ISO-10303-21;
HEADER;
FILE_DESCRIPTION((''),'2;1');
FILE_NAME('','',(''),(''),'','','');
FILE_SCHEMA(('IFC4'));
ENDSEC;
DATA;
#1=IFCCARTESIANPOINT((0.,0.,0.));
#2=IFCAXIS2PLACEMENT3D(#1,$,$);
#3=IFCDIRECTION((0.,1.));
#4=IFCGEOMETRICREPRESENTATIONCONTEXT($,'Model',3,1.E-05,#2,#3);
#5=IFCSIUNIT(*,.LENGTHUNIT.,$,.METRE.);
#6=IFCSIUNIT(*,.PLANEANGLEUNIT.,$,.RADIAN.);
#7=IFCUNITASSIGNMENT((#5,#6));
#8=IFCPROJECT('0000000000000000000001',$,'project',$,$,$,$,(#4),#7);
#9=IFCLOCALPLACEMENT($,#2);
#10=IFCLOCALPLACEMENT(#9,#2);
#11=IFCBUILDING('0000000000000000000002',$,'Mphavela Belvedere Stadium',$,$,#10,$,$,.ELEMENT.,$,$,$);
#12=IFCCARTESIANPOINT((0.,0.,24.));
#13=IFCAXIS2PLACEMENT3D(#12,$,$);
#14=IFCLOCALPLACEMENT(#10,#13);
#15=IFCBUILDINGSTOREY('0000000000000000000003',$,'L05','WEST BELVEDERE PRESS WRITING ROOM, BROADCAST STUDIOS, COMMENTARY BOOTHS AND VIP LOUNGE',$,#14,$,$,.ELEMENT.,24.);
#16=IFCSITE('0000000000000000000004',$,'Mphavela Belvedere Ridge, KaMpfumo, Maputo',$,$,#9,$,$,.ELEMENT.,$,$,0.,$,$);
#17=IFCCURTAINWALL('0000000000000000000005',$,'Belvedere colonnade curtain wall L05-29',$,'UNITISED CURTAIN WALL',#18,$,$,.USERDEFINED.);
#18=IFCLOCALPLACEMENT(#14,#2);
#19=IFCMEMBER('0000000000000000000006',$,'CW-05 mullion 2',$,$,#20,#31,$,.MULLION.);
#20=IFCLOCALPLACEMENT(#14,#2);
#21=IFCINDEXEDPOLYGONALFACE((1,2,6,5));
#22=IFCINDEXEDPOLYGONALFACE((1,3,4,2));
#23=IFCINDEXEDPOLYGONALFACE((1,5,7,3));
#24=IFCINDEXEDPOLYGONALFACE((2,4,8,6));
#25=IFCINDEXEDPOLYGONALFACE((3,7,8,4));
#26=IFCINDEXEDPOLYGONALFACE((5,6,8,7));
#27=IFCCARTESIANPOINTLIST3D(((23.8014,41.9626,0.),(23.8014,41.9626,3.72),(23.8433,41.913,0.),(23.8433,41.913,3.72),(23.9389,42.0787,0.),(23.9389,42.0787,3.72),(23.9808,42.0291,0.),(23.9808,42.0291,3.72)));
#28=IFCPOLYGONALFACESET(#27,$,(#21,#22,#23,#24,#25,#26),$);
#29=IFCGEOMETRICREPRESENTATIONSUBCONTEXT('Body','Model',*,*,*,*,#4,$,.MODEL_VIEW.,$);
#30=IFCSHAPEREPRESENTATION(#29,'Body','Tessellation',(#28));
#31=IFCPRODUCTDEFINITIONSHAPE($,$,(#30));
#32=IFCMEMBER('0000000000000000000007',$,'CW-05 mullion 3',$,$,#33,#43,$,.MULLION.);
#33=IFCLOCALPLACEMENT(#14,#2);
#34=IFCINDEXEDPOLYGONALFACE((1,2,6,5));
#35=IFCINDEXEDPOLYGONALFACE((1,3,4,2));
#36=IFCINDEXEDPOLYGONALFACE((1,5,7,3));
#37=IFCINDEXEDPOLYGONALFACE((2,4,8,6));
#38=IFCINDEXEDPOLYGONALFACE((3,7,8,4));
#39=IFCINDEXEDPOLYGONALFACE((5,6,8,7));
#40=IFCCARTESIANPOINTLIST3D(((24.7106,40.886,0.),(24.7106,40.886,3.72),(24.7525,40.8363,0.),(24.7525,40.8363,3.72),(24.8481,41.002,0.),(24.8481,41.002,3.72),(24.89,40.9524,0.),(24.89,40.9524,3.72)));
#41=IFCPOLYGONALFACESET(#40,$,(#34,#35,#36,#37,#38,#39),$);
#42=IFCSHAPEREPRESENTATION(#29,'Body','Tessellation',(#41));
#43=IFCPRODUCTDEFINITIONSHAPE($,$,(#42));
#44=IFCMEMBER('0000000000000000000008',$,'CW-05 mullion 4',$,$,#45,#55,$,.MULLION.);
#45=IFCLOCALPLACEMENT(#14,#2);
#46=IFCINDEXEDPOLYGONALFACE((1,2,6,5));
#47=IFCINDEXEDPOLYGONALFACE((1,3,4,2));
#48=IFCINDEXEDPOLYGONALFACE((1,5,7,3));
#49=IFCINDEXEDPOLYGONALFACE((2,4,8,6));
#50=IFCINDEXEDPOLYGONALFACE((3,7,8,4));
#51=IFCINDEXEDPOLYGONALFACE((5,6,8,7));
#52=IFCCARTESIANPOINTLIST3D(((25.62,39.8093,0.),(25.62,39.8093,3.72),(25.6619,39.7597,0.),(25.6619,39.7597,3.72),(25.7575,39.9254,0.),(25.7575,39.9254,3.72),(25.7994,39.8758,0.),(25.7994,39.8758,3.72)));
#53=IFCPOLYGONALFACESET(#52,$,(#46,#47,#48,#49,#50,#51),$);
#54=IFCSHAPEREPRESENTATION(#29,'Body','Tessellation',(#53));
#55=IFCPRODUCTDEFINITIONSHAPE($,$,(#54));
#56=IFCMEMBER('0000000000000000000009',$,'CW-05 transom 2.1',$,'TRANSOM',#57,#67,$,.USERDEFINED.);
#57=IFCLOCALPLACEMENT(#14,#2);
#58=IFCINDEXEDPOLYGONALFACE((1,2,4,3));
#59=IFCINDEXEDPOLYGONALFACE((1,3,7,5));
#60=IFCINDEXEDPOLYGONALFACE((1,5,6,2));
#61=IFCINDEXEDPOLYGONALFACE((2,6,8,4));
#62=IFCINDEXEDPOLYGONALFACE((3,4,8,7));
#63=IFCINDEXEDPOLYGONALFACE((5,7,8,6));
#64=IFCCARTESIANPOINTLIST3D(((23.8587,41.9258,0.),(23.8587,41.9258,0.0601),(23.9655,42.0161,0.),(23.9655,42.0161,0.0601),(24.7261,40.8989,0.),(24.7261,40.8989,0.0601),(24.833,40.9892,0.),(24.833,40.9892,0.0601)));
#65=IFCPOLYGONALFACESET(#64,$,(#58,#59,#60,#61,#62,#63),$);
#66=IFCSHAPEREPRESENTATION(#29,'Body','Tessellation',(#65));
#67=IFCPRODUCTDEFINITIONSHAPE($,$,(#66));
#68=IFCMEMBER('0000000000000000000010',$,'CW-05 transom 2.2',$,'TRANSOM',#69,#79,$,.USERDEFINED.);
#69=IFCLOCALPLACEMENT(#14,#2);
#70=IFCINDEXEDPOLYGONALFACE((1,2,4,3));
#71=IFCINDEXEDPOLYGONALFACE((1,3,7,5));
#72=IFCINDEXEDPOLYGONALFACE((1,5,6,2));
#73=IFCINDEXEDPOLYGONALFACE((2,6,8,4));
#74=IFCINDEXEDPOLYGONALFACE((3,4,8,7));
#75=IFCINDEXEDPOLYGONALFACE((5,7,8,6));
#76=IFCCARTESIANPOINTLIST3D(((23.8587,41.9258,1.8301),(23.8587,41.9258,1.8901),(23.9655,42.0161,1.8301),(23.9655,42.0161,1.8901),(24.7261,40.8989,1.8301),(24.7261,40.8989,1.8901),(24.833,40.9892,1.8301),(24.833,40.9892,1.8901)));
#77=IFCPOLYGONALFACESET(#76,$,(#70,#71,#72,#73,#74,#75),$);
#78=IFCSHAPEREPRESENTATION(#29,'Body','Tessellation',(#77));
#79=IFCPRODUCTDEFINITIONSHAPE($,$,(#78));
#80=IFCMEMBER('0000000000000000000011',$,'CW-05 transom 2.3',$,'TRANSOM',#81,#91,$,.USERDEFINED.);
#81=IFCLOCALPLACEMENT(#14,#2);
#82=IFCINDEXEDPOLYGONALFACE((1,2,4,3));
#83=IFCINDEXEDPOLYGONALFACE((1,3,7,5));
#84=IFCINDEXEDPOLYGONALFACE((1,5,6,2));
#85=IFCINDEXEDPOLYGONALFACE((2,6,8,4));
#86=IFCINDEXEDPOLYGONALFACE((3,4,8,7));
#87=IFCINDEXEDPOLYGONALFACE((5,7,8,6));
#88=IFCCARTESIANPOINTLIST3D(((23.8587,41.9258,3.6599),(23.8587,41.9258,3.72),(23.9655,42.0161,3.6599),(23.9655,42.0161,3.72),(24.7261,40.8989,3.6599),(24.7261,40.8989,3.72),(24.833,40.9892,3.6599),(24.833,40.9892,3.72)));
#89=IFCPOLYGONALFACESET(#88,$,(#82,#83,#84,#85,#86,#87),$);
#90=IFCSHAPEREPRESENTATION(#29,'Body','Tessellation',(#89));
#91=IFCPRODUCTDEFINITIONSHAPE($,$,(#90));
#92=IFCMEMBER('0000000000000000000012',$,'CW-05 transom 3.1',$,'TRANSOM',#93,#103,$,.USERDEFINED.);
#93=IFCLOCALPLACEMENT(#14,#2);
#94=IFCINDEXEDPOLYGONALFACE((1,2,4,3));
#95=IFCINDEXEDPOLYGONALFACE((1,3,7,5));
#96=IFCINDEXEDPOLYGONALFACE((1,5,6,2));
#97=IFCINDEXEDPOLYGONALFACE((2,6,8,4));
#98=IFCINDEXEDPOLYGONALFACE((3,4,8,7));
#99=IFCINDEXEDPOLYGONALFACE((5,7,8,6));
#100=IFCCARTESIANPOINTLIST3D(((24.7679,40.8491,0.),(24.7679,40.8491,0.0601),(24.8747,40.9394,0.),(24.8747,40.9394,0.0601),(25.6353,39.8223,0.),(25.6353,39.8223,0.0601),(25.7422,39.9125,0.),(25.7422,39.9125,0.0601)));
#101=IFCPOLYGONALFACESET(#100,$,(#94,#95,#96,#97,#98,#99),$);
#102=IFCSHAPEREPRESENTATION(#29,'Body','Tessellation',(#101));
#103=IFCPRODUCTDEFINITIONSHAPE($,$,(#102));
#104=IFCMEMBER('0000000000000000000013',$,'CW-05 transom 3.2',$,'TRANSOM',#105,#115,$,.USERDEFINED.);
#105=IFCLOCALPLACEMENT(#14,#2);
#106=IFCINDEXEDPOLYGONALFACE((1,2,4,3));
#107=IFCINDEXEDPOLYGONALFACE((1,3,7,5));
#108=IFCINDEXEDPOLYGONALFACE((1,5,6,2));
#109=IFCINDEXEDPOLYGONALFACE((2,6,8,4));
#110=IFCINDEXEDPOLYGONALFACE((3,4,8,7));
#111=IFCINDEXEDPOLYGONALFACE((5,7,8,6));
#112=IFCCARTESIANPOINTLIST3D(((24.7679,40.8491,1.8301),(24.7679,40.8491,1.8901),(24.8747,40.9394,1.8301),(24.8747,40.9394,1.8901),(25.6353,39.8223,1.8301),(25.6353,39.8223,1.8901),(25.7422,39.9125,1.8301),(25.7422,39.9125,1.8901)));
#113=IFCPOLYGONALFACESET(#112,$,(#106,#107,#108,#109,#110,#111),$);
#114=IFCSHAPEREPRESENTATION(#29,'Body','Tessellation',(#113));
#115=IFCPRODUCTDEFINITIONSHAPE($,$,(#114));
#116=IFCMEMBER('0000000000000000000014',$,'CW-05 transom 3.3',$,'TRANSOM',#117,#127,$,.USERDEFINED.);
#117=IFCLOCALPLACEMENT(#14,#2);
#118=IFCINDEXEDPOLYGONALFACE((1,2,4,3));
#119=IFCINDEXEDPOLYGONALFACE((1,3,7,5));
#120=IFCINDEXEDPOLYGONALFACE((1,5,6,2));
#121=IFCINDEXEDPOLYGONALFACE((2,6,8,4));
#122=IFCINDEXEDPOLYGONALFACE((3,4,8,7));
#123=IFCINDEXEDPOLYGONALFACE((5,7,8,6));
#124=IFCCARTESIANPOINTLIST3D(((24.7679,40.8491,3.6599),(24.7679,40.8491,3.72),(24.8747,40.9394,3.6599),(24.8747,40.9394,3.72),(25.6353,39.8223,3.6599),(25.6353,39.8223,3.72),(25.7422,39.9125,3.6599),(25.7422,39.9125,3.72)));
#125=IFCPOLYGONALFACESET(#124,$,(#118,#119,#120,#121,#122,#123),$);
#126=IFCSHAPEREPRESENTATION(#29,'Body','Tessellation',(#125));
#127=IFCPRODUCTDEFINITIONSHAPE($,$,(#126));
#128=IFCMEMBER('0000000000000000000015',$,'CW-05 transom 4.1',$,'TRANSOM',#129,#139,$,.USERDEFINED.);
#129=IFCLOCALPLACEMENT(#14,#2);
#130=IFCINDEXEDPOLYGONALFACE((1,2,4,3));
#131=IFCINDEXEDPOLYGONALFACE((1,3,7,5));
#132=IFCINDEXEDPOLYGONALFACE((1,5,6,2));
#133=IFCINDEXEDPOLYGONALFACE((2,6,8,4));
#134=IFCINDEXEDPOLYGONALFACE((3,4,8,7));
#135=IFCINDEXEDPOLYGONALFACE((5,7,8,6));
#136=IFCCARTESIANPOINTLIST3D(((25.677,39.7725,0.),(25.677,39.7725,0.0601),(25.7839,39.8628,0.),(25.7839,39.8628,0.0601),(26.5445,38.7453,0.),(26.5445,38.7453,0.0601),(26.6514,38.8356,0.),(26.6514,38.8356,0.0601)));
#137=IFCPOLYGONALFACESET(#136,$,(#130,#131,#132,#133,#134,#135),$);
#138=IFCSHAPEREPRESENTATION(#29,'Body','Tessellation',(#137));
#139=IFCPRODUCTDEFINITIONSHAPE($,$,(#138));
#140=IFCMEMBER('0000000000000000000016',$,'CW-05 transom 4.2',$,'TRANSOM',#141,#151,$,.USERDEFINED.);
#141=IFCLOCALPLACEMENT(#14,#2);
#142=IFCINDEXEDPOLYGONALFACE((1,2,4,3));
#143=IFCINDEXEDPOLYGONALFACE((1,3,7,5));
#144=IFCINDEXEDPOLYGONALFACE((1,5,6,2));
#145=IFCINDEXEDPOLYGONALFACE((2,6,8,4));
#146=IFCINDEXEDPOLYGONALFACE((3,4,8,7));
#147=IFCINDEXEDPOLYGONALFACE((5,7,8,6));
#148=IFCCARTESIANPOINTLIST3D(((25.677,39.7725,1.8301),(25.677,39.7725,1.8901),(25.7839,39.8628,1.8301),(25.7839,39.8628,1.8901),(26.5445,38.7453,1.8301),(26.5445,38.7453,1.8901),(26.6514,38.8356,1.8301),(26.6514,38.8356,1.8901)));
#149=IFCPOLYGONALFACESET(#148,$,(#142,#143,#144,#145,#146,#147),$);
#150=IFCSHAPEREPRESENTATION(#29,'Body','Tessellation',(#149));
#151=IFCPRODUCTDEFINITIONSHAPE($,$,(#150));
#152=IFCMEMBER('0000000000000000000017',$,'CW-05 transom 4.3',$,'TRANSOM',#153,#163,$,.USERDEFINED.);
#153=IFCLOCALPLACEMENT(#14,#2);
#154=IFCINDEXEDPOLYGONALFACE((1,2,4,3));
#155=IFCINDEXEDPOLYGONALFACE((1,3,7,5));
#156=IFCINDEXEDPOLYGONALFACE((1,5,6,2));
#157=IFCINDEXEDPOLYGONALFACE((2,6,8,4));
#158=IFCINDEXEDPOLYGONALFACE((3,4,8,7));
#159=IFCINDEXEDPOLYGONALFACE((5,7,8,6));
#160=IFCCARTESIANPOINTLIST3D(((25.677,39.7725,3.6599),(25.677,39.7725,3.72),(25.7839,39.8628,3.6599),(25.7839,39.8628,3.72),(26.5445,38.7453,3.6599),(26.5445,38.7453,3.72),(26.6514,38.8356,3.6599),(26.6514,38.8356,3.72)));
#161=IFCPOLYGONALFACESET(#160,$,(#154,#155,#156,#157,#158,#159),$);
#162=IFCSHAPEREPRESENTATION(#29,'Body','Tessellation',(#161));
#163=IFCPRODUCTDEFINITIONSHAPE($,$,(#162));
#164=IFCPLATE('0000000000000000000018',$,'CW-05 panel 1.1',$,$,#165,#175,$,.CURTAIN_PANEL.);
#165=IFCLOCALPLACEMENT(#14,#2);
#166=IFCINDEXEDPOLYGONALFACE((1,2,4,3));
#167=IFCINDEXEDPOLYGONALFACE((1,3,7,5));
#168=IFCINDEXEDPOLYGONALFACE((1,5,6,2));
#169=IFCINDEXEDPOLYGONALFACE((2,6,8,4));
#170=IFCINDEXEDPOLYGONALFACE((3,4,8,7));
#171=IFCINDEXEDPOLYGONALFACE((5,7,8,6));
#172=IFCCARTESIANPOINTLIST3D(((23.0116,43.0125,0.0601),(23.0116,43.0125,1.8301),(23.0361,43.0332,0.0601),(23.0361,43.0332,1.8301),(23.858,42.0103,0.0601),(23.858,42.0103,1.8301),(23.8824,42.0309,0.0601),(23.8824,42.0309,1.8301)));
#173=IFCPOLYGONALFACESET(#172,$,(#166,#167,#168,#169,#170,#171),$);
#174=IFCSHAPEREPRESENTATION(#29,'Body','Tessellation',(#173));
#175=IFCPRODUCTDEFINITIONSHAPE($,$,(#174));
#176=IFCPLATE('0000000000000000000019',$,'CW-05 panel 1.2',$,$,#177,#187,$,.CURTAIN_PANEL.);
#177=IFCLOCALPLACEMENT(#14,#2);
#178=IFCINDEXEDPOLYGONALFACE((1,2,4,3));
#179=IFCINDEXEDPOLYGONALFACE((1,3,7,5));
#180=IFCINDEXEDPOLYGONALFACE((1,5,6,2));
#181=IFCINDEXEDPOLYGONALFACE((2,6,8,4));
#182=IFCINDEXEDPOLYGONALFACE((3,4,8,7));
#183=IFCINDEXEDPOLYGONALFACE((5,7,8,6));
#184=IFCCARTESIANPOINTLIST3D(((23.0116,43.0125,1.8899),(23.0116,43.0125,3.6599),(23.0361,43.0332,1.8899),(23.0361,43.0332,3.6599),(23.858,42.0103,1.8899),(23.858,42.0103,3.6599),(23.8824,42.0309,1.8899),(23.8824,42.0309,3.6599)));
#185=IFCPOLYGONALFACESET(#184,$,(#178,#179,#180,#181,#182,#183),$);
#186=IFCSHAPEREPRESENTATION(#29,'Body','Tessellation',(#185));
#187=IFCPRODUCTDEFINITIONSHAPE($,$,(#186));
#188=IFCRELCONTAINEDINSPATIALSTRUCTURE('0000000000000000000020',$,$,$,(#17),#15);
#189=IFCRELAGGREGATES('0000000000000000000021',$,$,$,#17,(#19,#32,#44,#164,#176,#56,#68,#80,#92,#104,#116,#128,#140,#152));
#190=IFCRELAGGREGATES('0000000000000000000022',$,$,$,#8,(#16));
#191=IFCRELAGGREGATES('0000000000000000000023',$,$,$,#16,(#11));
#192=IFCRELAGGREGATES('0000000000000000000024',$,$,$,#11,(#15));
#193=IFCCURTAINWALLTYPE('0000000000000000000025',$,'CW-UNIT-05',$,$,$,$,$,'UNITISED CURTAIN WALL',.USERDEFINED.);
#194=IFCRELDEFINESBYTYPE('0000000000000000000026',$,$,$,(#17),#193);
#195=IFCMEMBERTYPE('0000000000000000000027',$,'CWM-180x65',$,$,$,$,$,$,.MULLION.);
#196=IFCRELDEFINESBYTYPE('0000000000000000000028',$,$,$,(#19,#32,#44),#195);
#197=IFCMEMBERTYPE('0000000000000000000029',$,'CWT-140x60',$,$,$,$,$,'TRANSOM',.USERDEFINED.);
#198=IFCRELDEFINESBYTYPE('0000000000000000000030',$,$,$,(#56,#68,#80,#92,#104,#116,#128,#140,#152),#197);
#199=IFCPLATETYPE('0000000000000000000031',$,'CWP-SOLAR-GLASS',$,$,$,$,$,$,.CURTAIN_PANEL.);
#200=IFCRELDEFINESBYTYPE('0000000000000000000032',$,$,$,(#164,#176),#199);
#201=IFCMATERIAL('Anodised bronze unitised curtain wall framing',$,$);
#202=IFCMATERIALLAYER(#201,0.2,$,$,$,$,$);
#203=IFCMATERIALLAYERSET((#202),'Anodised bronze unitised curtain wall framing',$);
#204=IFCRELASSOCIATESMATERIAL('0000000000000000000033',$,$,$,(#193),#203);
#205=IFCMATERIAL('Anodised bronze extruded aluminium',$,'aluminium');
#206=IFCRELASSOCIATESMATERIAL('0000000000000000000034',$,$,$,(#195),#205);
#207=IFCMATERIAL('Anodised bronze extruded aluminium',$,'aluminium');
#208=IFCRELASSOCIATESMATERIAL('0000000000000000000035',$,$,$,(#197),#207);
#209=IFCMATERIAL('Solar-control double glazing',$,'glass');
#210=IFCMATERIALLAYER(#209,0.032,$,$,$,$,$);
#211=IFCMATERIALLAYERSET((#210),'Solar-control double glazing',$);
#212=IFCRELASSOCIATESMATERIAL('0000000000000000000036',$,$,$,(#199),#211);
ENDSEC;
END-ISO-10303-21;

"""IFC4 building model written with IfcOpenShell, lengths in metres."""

from ifc_helpers import new_model, si_unit, direction, frame, origin, origin_2d, place, context, subcontext, project, spatial, rectangle, extrude, material, layer, layer_set, material_profile, profile_set, type_object, element, aggregate, save


model = new_model("IFC4")

# Units and contexts
model_context = context("Model", 3, precision=1e-05, world=origin(), true_north=direction((0.0, 1.0)))
body_context = subcontext(model_context, "Body", "Model", "MODEL_VIEW")
ifc_project = project(units=[si_unit("LENGTHUNIT", "METRE"), si_unit("PLANEANGLEUNIT", "RADIAN")], contexts=[model_context])

# Site, building, storey
site_placement = place(None, origin())
site = spatial("IfcSite", under=ifc_project, at=site_placement, Name="Mphavela Belvedere Ridge, KaMpfumo, Maputo", CompositionType="ELEMENT", RefElevation=0.0)
building_placement = place(site_placement, origin())
building = spatial("IfcBuilding", under=site, at=building_placement, Name="Mphavela Belvedere Stadium", CompositionType="ELEMENT")
storey_placement = place(building_placement, frame((0.0, 0.0, 24.0)))
storey = spatial("IfcBuildingStorey", under=building, at=storey_placement, Name="L05", Description="WEST BELVEDERE PRESS WRITING ROOM, BROADCAST STUDIOS, COMMENTARY BOOTHS AND VIP LOUNGE", CompositionType="ELEMENT", Elevation=24.0)

# Curtain wall, members, plates
ifc_material_1 = material(Name="Anodised bronze unitised curtain wall framing")
ifc_layer_1 = layer(ifc_material_1, 0.2)
ifc_layer_set_1 = layer_set([ifc_layer_1], Name="Anodised bronze unitised curtain wall framing")
curtain_wall_type = type_object("IfcCurtainWallType", Name="CW-UNIT-05", ElementType="UNITISED CURTAIN WALL", PredefinedType="USERDEFINED", material=ifc_layer_set_1)
curtain_wall_placement = place(storey_placement, origin())
curtain_wall = element("IfcCurtainWall", 1, at=curtain_wall_placement, inside=storey, type_object=curtain_wall_type, Name="Belvedere colonnade curtain wall L05-29", ObjectType="UNITISED CURTAIN WALL", PredefinedType="USERDEFINED")
ifc_material_2 = material(Name="Anodised bronze extruded aluminium", Category="aluminium")
ifc_material_profile_1 = material_profile(ifc_material_2, rectangle(XDim=0.1799, YDim=0.0649, at=origin_2d()), Name="CW-MUL 180x65")
ifc_profile_set_1 = profile_set([ifc_material_profile_1], Name="Anodised bronze extruded aluminium")
member_type_1 = type_object("IfcMemberType", Name="CWM-180x65", PredefinedType="MULLION", material=ifc_profile_set_1)
member_1_placement = place(storey_placement, frame((23.8911, 41.9958, 0.0), z_axis=(0.0, 0.0, 1.0), x_axis=(0.764035, 0.645175, 0.0)))
member_1 = element("IfcMember", 2, at=member_1_placement, type_object=member_type_1, Name="CW-05 mullion 2", PredefinedType="MULLION", context=body_context, shape_type="SweptSolid", body=[
    extrude(rectangle(XDim=0.1799, YDim=0.0649, at=origin_2d()), origin(), (0.0, 0.0, 1.0), 3.72),
])
member_2_placement = place(storey_placement, frame((24.8003, 40.9192, 0.0), z_axis=(0.0, 0.0, 1.0), x_axis=(0.764035, 0.645175, 0.0)))
member_2 = element("IfcMember", 3, at=member_2_placement, type_object=member_type_1, Name="CW-05 mullion 3", PredefinedType="MULLION", context=body_context, shape_type="SweptSolid", body=[
    extrude(rectangle(XDim=0.1799, YDim=0.0649, at=origin_2d()), origin(), (0.0, 0.0, 1.0), 3.72),
])
member_3_placement = place(storey_placement, frame((25.7097, 39.8425, 0.0), z_axis=(0.0, 0.0, 1.0), x_axis=(0.764035, 0.645175, 0.0)))
member_3 = element("IfcMember", 4, at=member_3_placement, type_object=member_type_1, Name="CW-05 mullion 4", PredefinedType="MULLION", context=body_context, shape_type="SweptSolid", body=[
    extrude(rectangle(XDim=0.1799, YDim=0.0649, at=origin_2d()), origin(), (0.0, 0.0, 1.0), 3.72),
])
ifc_material_3 = material(Name="Anodised bronze extruded aluminium", Category="aluminium")
ifc_material_profile_2 = material_profile(ifc_material_3, rectangle(XDim=0.1399, YDim=0.0601, at=origin_2d()), Name="CW-TRN 140x60")
ifc_profile_set_2 = profile_set([ifc_material_profile_2], Name="Anodised bronze extruded aluminium")
member_type_2 = type_object("IfcMemberType", Name="CWT-140x60", ElementType="TRANSOM", PredefinedType="USERDEFINED", material=ifc_profile_set_2)
member_4_placement = place(storey_placement, frame((23.9121, 41.9709, 0.03), z_axis=(0.645315, -0.763916, 0.0), x_axis=(0.763916, 0.645315, 0.0)))
member_4 = element("IfcMember", 5, at=member_4_placement, type_object=member_type_2, Name="CW-05 transom 2.1", ObjectType="TRANSOM", PredefinedType="USERDEFINED", context=body_context, shape_type="SweptSolid", body=[
    extrude(rectangle(XDim=0.1399, YDim=0.0601, at=origin_2d()), origin(), (0.0, 0.0, 1.0), 1.3442),
])
member_5_placement = place(storey_placement, frame((23.9121, 41.9709, 1.8601), z_axis=(0.645315, -0.763916, 0.0), x_axis=(0.763916, 0.645315, 0.0)))
member_5 = element("IfcMember", 6, at=member_5_placement, type_object=member_type_2, Name="CW-05 transom 2.2", ObjectType="TRANSOM", PredefinedType="USERDEFINED", context=body_context, shape_type="SweptSolid", body=[
    extrude(rectangle(XDim=0.1399, YDim=0.0601, at=origin_2d()), origin(), (0.0, 0.0, 1.0), 1.3442),
])
member_6_placement = place(storey_placement, frame((23.9121, 41.9709, 3.6899), z_axis=(0.645315, -0.763916, 0.0), x_axis=(0.763916, 0.645315, 0.0)))
member_6 = element("IfcMember", 7, at=member_6_placement, type_object=member_type_2, Name="CW-05 transom 2.3", ObjectType="TRANSOM", PredefinedType="USERDEFINED", context=body_context, shape_type="SweptSolid", body=[
    extrude(rectangle(XDim=0.1399, YDim=0.0601, at=origin_2d()), origin(), (0.0, 0.0, 1.0), 1.3442),
])
member_7_placement = place(storey_placement, frame((24.8213, 40.8943, 0.03), z_axis=(0.645315, -0.763916, 0.0), x_axis=(0.763916, 0.645315, 0.0)))
member_7 = element("IfcMember", 8, at=member_7_placement, type_object=member_type_2, Name="CW-05 transom 3.1", ObjectType="TRANSOM", PredefinedType="USERDEFINED", context=body_context, shape_type="SweptSolid", body=[
    extrude(rectangle(XDim=0.1399, YDim=0.0601, at=origin_2d()), origin(), (0.0, 0.0, 1.0), 1.3442),
])
member_8_placement = place(storey_placement, frame((24.8213, 40.8943, 1.8601), z_axis=(0.645315, -0.763916, 0.0), x_axis=(0.763916, 0.645315, 0.0)))
member_8 = element("IfcMember", 9, at=member_8_placement, type_object=member_type_2, Name="CW-05 transom 3.2", ObjectType="TRANSOM", PredefinedType="USERDEFINED", context=body_context, shape_type="SweptSolid", body=[
    extrude(rectangle(XDim=0.1399, YDim=0.0601, at=origin_2d()), origin(), (0.0, 0.0, 1.0), 1.3442),
])
member_9_placement = place(storey_placement, frame((24.8213, 40.8943, 3.6899), z_axis=(0.645315, -0.763916, 0.0), x_axis=(0.763916, 0.645315, 0.0)))
member_9 = element("IfcMember", 10, at=member_9_placement, type_object=member_type_2, Name="CW-05 transom 3.3", ObjectType="TRANSOM", PredefinedType="USERDEFINED", context=body_context, shape_type="SweptSolid", body=[
    extrude(rectangle(XDim=0.1399, YDim=0.0601, at=origin_2d()), origin(), (0.0, 0.0, 1.0), 1.3442),
])
member_10_placement = place(storey_placement, frame((25.7305, 39.8176, 0.03), z_axis=(0.645226, -0.763992, 0.0), x_axis=(0.763992, 0.645226, 0.0)))
member_10 = element("IfcMember", 11, at=member_10_placement, type_object=member_type_2, Name="CW-05 transom 4.1", ObjectType="TRANSOM", PredefinedType="USERDEFINED", context=body_context, shape_type="SweptSolid", body=[
    extrude(rectangle(XDim=0.1399, YDim=0.0601, at=origin_2d()), origin(), (0.0, 0.0, 1.0), 1.3445),
])
member_11_placement = place(storey_placement, frame((25.7305, 39.8176, 1.8601), z_axis=(0.645226, -0.763992, 0.0), x_axis=(0.763992, 0.645226, 0.0)))
member_11 = element("IfcMember", 12, at=member_11_placement, type_object=member_type_2, Name="CW-05 transom 4.2", ObjectType="TRANSOM", PredefinedType="USERDEFINED", context=body_context, shape_type="SweptSolid", body=[
    extrude(rectangle(XDim=0.1399, YDim=0.0601, at=origin_2d()), origin(), (0.0, 0.0, 1.0), 1.3445),
])
member_12_placement = place(storey_placement, frame((25.7305, 39.8176, 3.6899), z_axis=(0.645226, -0.763992, 0.0), x_axis=(0.763992, 0.645226, 0.0)))
member_12 = element("IfcMember", 13, at=member_12_placement, type_object=member_type_2, Name="CW-05 transom 4.3", ObjectType="TRANSOM", PredefinedType="USERDEFINED", context=body_context, shape_type="SweptSolid", body=[
    extrude(rectangle(XDim=0.1399, YDim=0.0601, at=origin_2d()), origin(), (0.0, 0.0, 1.0), 1.3445),
])
ifc_material_4 = material(Name="Solar-control double glazing", Category="glass")
ifc_layer_2 = layer(ifc_material_4, 0.032)
ifc_layer_set_2 = layer_set([ifc_layer_2], Name="Solar-control double glazing")
plate_type = type_object("IfcPlateType", Name="CWP-SOLAR-GLASS", PredefinedType="CURTAIN_PANEL", material=ifc_layer_set_2)
plate_1_placement = place(storey_placement, frame((23.447, 42.5217, 0.0601), z_axis=(0.0, 0.0, 1.0), x_axis=(0.645175, -0.764035, 0.0)))
plate_1 = element("IfcPlate", 14, at=plate_1_placement, type_object=plate_type, Name="CW-05 panel 1.1", PredefinedType="CURTAIN_PANEL", context=body_context, shape_type="SweptSolid", body=[
    extrude(rectangle(XDim=1.3118, YDim=0.032, at=origin_2d()), origin(), (0.0, 0.0, 1.0), 1.77),
])
plate_2_placement = place(storey_placement, frame((23.447, 42.5217, 1.8899), z_axis=(0.0, 0.0, 1.0), x_axis=(0.645175, -0.764035, 0.0)))
plate_2 = element("IfcPlate", 15, at=plate_2_placement, type_object=plate_type, Name="CW-05 panel 1.2", PredefinedType="CURTAIN_PANEL", context=body_context, shape_type="SweptSolid", body=[
    extrude(rectangle(XDim=1.3118, YDim=0.032, at=origin_2d()), origin(), (0.0, 0.0, 1.0), 1.77),
])
aggregate(curtain_wall, [member_1, member_2, member_3, plate_1, plate_2, member_4, member_5, member_6, member_7, member_8, member_9, member_10, member_11, member_12])

save(model, "model.ifc")
